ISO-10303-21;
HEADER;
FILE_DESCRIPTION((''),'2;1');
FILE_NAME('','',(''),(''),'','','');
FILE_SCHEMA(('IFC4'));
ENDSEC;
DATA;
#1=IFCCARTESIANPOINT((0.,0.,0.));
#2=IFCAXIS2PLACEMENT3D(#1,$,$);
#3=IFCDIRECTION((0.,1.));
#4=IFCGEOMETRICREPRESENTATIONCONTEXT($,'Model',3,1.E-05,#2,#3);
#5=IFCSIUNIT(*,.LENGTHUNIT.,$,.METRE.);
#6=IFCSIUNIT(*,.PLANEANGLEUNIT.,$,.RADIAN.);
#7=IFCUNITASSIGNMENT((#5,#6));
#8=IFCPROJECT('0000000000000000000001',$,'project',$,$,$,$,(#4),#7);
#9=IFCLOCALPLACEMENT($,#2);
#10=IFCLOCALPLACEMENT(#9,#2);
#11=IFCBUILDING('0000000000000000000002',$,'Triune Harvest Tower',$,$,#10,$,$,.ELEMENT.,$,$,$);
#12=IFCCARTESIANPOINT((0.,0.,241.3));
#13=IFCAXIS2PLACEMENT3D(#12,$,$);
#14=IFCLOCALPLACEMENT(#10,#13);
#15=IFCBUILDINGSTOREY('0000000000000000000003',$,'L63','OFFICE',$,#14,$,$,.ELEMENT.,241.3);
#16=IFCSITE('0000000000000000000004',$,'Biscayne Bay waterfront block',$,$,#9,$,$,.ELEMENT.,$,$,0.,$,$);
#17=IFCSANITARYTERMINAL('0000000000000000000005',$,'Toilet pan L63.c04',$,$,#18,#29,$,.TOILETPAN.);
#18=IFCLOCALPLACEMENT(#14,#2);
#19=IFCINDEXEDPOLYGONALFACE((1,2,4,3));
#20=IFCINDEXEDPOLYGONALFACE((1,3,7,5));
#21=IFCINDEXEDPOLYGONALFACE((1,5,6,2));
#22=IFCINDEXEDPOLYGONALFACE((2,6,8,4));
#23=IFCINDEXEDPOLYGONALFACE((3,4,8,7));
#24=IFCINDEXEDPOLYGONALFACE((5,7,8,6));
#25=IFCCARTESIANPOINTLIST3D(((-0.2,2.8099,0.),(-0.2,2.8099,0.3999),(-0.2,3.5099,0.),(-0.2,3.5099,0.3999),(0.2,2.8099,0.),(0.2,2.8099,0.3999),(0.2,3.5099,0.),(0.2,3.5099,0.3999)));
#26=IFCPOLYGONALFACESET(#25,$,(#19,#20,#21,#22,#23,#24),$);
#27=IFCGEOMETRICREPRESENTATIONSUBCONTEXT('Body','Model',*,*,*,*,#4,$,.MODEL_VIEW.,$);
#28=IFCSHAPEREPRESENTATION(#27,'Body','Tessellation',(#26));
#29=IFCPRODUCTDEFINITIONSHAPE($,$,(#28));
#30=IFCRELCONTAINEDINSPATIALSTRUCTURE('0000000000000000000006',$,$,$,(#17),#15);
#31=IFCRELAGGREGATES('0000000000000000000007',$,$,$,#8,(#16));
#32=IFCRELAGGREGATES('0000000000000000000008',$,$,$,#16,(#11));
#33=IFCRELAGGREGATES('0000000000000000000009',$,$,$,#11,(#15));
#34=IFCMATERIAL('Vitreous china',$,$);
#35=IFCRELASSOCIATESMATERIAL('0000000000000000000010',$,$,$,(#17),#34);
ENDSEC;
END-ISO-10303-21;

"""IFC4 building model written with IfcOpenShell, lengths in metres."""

from ifc_helpers import new_model, si_unit, direction, frame, origin, origin_2d, place, context, subcontext, project, spatial, rectangle, extrude, source, transform, mapped, material, element, save


model = new_model("IFC4")

# Units and contexts
model_context = context("Model", 3, precision=1e-05, world=origin(), true_north=direction((0.0, 1.0)))
body_context = subcontext(model_context, "Body", "Model", "MODEL_VIEW")
ifc_project = project(units=[si_unit("LENGTHUNIT", "METRE"), si_unit("PLANEANGLEUNIT", "RADIAN")], contexts=[model_context])

# Site, building, storey
site_placement = place(None, origin())
site = spatial("IfcSite", under=ifc_project, at=site_placement, Name="Biscayne Bay waterfront block", CompositionType="ELEMENT", RefElevation=0.0)
building_placement = place(site_placement, origin())
building = spatial("IfcBuilding", under=site, at=building_placement, Name="Triune Harvest Tower", CompositionType="ELEMENT")
storey_placement = place(building_placement, frame((0.0, 0.0, 241.3)))
storey = spatial("IfcBuildingStorey", under=building, at=storey_placement, Name="L63", Description="OFFICE", CompositionType="ELEMENT", Elevation=241.3)

# Sanitary terminal
ifc_material_1 = material(Name="Vitreous china")
shared_shape_1 = source(origin(), body_context, "Body", "SweptSolid", [
    extrude(rectangle(XDim=0.3999, YDim=0.7, at=origin_2d()), origin(), (0.0, 0.0, 1.0), 0.3999),
])
for number, where, z_axis, x_axis, name in (
    (1, (0.0, 3.1599, 0.0), (0.0, 0.0, 1.0), (-1.0, 0.0, 0.0), "Toilet pan L63.c04"),
):
    element("IfcSanitaryTerminal", number, at=place(storey_placement, frame(where, z_axis=z_axis, x_axis=x_axis)), inside=storey, material=ifc_material_1, Name=name, PredefinedType="TOILETPAN", context=body_context, shape_type="MappedRepresentation", body=[
        mapped(shared_shape_1, transform((0.0, 0.0, 0.0), scale=1.0)),
    ])

save(model, "model.ifc")
